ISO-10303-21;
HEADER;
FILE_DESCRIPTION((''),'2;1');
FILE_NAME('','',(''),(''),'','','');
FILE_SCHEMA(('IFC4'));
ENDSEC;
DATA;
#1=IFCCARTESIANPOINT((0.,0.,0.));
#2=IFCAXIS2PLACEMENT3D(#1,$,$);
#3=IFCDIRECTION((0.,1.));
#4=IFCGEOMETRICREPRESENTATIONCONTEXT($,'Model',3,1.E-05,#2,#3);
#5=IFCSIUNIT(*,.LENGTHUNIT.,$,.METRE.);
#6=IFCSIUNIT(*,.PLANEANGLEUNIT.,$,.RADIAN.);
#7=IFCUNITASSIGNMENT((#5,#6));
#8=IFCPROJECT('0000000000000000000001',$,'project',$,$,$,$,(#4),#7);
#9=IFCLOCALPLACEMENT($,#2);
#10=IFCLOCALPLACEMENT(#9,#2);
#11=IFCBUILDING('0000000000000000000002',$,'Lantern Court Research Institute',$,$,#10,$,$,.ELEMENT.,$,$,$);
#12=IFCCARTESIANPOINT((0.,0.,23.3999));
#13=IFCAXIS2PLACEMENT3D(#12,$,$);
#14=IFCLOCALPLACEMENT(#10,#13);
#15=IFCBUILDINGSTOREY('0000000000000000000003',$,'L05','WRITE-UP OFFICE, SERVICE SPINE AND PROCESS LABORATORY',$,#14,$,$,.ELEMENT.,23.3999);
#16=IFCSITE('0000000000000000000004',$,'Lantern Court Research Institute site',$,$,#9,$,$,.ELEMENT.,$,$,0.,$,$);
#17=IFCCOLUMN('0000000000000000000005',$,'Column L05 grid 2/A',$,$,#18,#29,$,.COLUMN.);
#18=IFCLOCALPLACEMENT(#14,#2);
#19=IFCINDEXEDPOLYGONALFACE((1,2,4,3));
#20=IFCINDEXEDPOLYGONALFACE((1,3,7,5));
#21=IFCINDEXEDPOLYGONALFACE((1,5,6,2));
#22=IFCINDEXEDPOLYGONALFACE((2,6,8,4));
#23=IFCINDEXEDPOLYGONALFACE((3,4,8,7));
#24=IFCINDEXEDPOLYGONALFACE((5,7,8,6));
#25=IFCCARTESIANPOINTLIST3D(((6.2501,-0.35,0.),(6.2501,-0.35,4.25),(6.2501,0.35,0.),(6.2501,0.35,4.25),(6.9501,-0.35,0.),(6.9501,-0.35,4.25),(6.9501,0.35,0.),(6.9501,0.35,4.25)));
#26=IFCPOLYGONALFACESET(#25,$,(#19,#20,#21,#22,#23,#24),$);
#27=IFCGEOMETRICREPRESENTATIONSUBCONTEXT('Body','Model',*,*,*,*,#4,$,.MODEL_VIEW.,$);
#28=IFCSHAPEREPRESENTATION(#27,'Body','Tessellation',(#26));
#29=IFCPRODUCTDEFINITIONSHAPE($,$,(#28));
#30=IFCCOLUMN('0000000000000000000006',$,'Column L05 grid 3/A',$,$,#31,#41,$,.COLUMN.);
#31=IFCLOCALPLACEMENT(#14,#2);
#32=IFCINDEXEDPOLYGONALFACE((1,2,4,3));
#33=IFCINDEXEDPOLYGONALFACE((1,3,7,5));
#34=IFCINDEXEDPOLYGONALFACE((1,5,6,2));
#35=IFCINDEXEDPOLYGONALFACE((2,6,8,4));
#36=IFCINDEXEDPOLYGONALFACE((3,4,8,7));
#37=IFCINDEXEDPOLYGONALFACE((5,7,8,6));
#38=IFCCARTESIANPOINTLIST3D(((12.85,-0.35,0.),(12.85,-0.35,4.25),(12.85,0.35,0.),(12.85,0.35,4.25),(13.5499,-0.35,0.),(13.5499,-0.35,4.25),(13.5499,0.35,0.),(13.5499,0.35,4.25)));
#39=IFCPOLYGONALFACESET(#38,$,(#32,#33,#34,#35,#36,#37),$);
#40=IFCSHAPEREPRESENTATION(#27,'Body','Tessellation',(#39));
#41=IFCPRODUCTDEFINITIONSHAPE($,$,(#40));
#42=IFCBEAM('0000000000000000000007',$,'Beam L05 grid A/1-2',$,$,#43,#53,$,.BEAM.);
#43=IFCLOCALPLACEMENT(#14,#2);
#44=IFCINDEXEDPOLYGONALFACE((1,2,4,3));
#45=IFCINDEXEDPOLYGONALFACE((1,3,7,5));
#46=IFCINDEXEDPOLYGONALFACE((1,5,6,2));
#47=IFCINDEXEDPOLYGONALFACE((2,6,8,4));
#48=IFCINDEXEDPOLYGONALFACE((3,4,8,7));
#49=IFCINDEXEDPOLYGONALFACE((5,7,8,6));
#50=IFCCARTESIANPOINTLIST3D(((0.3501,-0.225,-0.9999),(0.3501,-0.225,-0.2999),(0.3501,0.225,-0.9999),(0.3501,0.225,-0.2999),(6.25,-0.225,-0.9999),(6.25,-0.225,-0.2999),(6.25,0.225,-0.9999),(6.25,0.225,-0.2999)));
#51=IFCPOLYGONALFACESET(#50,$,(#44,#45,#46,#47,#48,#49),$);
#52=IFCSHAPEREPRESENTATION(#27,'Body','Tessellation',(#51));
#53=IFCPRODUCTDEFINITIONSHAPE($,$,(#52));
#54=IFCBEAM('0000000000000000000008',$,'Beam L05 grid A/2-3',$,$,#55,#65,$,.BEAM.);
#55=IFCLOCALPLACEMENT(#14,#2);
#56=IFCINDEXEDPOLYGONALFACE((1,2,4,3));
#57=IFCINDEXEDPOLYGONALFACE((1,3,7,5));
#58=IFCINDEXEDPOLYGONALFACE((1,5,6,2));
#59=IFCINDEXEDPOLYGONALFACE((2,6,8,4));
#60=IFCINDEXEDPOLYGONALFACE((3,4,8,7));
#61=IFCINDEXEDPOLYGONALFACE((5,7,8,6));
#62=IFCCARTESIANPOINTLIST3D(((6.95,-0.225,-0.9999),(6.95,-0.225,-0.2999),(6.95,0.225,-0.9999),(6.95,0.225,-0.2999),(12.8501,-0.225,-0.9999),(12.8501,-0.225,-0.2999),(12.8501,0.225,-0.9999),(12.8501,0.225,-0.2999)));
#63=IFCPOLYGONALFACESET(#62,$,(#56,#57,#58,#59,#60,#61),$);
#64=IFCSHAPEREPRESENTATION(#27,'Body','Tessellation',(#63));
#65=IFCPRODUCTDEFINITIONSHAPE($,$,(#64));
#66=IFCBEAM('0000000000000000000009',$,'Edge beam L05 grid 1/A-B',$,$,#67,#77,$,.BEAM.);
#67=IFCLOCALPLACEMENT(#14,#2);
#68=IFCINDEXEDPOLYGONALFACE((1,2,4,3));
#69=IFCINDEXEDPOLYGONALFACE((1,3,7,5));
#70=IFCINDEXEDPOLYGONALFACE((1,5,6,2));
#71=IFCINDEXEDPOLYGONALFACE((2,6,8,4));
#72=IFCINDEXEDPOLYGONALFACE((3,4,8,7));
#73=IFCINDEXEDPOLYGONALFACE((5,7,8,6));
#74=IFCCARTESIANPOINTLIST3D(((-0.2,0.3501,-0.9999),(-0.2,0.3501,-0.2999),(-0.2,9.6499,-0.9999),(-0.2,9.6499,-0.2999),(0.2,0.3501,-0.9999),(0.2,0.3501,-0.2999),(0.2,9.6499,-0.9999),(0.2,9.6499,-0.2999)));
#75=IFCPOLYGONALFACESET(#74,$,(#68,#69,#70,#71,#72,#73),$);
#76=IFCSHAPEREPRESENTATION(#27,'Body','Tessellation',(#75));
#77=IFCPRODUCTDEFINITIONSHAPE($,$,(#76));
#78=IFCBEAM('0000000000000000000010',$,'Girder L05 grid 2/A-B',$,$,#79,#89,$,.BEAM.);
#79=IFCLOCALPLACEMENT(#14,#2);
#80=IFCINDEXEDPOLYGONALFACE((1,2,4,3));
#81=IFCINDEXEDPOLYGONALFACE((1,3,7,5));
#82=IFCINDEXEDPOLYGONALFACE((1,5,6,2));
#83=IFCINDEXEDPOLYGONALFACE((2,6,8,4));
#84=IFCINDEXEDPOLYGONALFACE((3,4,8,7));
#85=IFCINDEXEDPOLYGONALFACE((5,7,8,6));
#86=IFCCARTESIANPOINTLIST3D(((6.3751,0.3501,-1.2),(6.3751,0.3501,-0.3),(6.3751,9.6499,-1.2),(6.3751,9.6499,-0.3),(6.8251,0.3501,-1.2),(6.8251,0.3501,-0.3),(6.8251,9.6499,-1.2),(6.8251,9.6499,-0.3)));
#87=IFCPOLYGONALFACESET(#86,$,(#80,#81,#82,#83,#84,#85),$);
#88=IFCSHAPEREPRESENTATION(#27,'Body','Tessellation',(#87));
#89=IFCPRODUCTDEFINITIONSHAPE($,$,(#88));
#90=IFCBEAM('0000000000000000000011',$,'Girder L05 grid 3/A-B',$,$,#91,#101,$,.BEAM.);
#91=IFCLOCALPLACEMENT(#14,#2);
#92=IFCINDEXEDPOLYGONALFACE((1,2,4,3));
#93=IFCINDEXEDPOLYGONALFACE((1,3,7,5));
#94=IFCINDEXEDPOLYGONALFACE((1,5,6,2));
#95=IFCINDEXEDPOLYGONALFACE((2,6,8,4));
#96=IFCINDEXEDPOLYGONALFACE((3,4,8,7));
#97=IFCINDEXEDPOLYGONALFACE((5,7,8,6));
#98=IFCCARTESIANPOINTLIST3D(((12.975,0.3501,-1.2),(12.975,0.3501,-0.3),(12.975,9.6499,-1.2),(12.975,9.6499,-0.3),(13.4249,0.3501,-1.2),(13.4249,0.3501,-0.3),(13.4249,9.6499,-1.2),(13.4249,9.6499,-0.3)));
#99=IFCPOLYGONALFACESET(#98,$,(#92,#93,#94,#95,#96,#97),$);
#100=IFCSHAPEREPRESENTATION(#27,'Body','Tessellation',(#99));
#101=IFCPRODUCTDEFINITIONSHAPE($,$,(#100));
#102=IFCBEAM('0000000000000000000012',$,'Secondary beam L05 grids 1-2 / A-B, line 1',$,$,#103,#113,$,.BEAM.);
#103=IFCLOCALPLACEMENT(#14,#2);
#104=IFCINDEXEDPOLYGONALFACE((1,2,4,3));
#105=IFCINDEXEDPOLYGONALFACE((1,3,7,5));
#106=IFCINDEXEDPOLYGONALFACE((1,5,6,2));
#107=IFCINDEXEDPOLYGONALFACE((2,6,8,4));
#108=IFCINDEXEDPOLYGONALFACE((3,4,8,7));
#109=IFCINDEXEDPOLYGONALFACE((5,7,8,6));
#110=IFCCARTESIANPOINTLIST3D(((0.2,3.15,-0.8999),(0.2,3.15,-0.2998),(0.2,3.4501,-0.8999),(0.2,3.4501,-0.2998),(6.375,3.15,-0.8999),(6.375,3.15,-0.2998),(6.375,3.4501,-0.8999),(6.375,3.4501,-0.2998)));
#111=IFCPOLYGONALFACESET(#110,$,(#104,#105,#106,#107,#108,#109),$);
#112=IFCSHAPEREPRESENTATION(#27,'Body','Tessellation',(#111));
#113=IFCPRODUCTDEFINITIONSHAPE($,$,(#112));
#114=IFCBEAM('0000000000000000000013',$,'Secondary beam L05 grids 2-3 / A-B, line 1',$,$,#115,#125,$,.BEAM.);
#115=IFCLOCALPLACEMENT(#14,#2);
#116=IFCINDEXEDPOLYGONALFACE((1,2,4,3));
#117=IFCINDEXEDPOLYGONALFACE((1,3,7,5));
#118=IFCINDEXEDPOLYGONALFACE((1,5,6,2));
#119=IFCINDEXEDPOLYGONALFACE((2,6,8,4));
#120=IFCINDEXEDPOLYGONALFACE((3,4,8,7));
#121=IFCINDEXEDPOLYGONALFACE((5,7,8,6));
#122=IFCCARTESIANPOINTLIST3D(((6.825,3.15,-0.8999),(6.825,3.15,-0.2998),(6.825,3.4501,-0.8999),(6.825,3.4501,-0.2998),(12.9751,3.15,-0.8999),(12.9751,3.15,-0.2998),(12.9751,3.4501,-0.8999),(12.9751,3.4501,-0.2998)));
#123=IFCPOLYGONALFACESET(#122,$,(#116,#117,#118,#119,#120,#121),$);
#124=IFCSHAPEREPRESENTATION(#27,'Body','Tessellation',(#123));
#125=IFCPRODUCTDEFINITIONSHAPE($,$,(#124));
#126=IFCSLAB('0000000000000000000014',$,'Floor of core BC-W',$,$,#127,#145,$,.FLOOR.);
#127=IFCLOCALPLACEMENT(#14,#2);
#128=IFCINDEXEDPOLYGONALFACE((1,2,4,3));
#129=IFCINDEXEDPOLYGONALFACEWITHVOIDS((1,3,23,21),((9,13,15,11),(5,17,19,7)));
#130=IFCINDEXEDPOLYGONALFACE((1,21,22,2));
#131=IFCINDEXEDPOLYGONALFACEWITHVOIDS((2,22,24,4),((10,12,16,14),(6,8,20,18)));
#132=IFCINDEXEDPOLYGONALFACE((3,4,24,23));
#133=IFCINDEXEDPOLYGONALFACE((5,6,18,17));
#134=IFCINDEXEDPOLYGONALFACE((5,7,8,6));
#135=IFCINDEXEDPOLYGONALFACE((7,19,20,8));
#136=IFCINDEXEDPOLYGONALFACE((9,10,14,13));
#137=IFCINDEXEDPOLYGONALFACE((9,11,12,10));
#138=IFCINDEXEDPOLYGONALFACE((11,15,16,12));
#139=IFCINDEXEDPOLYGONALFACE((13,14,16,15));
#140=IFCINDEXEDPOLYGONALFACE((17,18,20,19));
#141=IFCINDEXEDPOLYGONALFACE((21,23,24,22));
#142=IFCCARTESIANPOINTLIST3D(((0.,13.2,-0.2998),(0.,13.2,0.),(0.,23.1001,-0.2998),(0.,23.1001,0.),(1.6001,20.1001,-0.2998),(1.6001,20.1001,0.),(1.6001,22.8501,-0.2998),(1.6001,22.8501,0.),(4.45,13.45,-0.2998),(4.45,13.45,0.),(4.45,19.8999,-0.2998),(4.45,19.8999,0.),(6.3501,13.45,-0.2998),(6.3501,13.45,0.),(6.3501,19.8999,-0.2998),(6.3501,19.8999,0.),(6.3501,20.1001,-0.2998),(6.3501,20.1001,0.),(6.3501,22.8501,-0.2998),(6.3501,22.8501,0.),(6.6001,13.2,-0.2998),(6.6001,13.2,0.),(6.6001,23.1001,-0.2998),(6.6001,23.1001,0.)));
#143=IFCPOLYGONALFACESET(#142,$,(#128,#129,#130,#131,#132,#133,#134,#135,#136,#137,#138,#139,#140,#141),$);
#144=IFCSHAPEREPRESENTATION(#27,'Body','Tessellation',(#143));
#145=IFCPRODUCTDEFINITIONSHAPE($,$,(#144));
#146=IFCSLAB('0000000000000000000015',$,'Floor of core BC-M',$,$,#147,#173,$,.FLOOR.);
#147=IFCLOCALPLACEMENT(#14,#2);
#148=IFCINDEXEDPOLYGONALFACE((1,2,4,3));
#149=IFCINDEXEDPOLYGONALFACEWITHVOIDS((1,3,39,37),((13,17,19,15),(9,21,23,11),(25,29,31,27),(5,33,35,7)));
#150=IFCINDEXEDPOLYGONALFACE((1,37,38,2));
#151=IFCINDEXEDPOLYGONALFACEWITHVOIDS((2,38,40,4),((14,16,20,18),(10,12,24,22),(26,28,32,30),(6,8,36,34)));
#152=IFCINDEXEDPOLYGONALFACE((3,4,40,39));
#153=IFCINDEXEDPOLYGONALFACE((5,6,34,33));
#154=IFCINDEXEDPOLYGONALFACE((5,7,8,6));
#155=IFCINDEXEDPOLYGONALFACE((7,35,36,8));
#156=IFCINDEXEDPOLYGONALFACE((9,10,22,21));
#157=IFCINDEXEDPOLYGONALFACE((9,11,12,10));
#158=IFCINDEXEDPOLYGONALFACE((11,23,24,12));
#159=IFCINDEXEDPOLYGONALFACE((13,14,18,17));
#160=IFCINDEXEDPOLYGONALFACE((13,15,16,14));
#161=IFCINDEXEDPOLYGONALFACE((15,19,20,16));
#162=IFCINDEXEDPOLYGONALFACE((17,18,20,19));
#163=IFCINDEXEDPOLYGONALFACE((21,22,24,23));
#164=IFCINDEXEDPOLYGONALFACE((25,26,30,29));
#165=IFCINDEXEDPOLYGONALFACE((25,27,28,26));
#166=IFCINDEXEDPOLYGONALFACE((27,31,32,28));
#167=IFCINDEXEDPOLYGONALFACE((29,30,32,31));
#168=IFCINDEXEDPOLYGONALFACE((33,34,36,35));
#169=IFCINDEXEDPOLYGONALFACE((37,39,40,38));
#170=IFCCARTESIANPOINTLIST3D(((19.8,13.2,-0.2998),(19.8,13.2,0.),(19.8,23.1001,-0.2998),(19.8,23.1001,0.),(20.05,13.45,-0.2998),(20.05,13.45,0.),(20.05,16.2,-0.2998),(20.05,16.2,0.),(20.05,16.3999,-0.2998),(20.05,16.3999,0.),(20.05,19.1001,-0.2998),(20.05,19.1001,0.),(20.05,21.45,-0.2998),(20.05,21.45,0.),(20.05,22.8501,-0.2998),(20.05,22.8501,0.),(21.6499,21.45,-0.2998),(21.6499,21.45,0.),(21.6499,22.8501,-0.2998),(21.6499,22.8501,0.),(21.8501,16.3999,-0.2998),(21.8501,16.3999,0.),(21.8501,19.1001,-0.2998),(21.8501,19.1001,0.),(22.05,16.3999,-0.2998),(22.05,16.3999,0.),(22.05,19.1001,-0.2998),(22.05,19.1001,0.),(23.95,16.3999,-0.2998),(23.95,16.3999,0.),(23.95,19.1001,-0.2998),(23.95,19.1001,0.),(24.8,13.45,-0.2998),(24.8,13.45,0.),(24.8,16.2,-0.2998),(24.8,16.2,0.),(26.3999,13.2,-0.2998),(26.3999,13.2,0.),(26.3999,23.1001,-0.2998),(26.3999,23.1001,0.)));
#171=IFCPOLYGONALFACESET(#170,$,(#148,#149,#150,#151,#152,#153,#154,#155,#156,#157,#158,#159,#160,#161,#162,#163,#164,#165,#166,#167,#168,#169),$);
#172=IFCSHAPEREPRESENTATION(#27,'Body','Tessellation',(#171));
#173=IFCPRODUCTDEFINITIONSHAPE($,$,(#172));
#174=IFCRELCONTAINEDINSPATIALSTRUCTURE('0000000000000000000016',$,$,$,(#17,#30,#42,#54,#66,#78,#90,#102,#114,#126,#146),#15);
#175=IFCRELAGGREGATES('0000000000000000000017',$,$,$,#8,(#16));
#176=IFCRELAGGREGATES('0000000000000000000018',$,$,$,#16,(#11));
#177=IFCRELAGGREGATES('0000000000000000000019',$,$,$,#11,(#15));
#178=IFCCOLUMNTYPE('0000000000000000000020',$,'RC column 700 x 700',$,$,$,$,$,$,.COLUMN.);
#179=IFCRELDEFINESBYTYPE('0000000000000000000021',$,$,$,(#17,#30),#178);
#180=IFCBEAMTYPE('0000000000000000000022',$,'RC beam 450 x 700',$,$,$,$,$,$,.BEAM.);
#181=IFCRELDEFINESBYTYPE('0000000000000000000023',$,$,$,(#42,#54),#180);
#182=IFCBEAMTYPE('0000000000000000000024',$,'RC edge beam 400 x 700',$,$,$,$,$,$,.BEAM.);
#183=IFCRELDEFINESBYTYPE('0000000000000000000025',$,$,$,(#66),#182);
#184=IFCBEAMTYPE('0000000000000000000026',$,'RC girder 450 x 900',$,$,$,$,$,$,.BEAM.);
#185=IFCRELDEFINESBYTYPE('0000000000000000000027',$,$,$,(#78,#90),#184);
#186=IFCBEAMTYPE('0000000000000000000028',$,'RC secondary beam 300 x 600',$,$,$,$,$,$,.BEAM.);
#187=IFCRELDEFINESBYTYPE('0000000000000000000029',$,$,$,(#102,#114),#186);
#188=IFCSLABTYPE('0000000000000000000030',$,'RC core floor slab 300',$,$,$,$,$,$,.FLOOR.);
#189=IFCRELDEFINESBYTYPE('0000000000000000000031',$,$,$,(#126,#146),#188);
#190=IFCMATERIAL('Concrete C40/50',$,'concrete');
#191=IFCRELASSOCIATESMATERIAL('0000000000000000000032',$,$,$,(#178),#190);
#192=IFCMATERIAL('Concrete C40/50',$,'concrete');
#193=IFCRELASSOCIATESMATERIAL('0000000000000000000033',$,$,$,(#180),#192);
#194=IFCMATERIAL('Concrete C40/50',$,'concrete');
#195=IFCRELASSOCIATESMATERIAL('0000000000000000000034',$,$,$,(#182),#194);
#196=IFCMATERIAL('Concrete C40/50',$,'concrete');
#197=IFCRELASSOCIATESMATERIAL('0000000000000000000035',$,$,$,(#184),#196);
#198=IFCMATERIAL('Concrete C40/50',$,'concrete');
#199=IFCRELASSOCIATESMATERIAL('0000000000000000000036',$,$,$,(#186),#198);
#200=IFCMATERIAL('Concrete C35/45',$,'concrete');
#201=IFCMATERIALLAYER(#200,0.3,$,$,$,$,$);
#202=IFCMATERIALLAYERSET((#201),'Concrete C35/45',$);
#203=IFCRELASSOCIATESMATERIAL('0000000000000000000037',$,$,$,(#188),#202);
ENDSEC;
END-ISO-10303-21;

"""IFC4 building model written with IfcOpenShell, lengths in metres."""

from ifc_helpers import new_model, si_unit, direction, frame, origin, origin_2d, place, context, subcontext, project, spatial, polyline, rectangle, outline, extrude, material, layer, layer_set, material_profile, profile_set, type_object, element, save


model = new_model("IFC4")

# Units and contexts
model_context = context("Model", 3, precision=1e-05, world=origin(), true_north=direction((0.0, 1.0)))
body_context = subcontext(model_context, "Body", "Model", "MODEL_VIEW")
ifc_project = project(units=[si_unit("LENGTHUNIT", "METRE"), si_unit("PLANEANGLEUNIT", "RADIAN")], contexts=[model_context])

# Site, building, storey
site_placement = place(None, origin())
site = spatial("IfcSite", under=ifc_project, at=site_placement, Name="Lantern Court Research Institute site", CompositionType="ELEMENT", RefElevation=0.0)
building_placement = place(site_placement, origin())
building = spatial("IfcBuilding", under=site, at=building_placement, Name="Lantern Court Research Institute", CompositionType="ELEMENT")
storey_placement = place(building_placement, frame((0.0, 0.0, 23.3999)))
storey = spatial("IfcBuildingStorey", under=building, at=storey_placement, Name="L05", Description="WRITE-UP OFFICE, SERVICE SPINE AND PROCESS LABORATORY", CompositionType="ELEMENT", Elevation=23.3999)

# Columns
ifc_material_1 = material(Name="Concrete C40/50", Category="concrete")
ifc_material_profile_1 = material_profile(ifc_material_1, rectangle(XDim=0.7, YDim=0.7, at=origin_2d()), Name="RC column 700 x 700")
ifc_profile_set_1 = profile_set([ifc_material_profile_1], Name="Concrete C40/50")
column_type = type_object("IfcColumnType", Name="RC column 700 x 700", PredefinedType="COLUMN", material=ifc_profile_set_1)
for number, where, z_axis, x_axis, name in (
    (1, (6.6001, 0.0, 0.0), (0.0, 0.0, 1.0), (1.0, 0.0, 0.0), "Column L05 grid 2/A"),
    (2, (13.2, 0.0, 0.0), (0.0, 0.0, 1.0), (1.0, 0.0, 0.0), "Column L05 grid 3/A"),
):
    element("IfcColumn", number, at=place(storey_placement, frame(where, z_axis=z_axis, x_axis=x_axis)), inside=storey, type_object=column_type, Name=name, PredefinedType="COLUMN", context=body_context, shape_type="SweptSolid", body=[
        extrude(rectangle(XDim=0.7, YDim=0.7, at=origin_2d()), origin(), (0.0, 0.0, 1.0), 4.25),
    ])

# Beams
ifc_material_2 = material(Name="Concrete C40/50", Category="concrete")
ifc_material_profile_2 = material_profile(ifc_material_2, rectangle(XDim=0.45, YDim=0.7, at=origin_2d()), Name="RC beam 450 x 700")
ifc_profile_set_2 = profile_set([ifc_material_profile_2], Name="Concrete C40/50")
beam_type_1 = type_object("IfcBeamType", Name="RC beam 450 x 700", PredefinedType="BEAM", material=ifc_profile_set_2)
beam_1_placement = place(storey_placement, frame((0.3501, 0.0, -0.6499), z_axis=(1.0, 0.0, 0.0), x_axis=(0.0, 1.0, 0.0)))
element("IfcBeam", 3, at=beam_1_placement, inside=storey, type_object=beam_type_1, Name="Beam L05 grid A/1-2", PredefinedType="BEAM", context=body_context, shape_type="SweptSolid", body=[
    extrude(rectangle(XDim=0.45, YDim=0.7, at=origin_2d()), origin(), (0.0, 0.0, 1.0), 5.8999),
])
beam_2_placement = place(storey_placement, frame((6.95, 0.0, -0.6499), z_axis=(1.0, 0.0, 0.0), x_axis=(0.0, 1.0, 0.0)))
element("IfcBeam", 4, at=beam_2_placement, inside=storey, type_object=beam_type_1, Name="Beam L05 grid A/2-3", PredefinedType="BEAM", context=body_context, shape_type="SweptSolid", body=[
    extrude(rectangle(XDim=0.45, YDim=0.7, at=origin_2d()), origin(), (0.0, 0.0, 1.0), 5.9001),
])
ifc_material_3 = material(Name="Concrete C40/50", Category="concrete")
ifc_material_profile_3 = material_profile(ifc_material_3, rectangle(XDim=0.3999, YDim=0.7, at=origin_2d()), Name="RC beam 400 x 700")
ifc_profile_set_3 = profile_set([ifc_material_profile_3], Name="Concrete C40/50")
beam_type_2 = type_object("IfcBeamType", Name="RC edge beam 400 x 700", PredefinedType="BEAM", material=ifc_profile_set_3)
beam_3_placement = place(storey_placement, frame((0.0, 0.3501, -0.6499), z_axis=(0.0, 1.0, 0.0), x_axis=(-1.0, 0.0, 0.0)))
element("IfcBeam", 5, at=beam_3_placement, inside=storey, type_object=beam_type_2, Name="Edge beam L05 grid 1/A-B", PredefinedType="BEAM", context=body_context, shape_type="SweptSolid", body=[
    extrude(rectangle(XDim=0.3999, YDim=0.7, at=origin_2d()), origin(), (0.0, 0.0, 1.0), 9.2998),
])
ifc_material_4 = material(Name="Concrete C40/50", Category="concrete")
ifc_material_profile_4 = material_profile(ifc_material_4, rectangle(XDim=0.45, YDim=0.8999, at=origin_2d()), Name="RC beam 450 x 900")
ifc_profile_set_4 = profile_set([ifc_material_profile_4], Name="Concrete C40/50")
beam_type_3 = type_object("IfcBeamType", Name="RC girder 450 x 900", PredefinedType="BEAM", material=ifc_profile_set_4)
for number, where, z_axis, x_axis, name in (
    (6, (6.6001, 0.3501, -0.75), (0.0, 1.0, 0.0), (-1.0, 0.0, 0.0), "Girder L05 grid 2/A-B"),
    (7, (13.2, 0.3501, -0.75), (0.0, 1.0, 0.0), (-1.0, 0.0, 0.0), "Girder L05 grid 3/A-B"),
):
    element("IfcBeam", number, at=place(storey_placement, frame(where, z_axis=z_axis, x_axis=x_axis)), inside=storey, type_object=beam_type_3, Name=name, PredefinedType="BEAM", context=body_context, shape_type="SweptSolid", body=[
        extrude(rectangle(XDim=0.45, YDim=0.8999, at=origin_2d()), origin(), (0.0, 0.0, 1.0), 9.2998),
    ])
ifc_material_5 = material(Name="Concrete C40/50", Category="concrete")
ifc_material_profile_5 = material_profile(ifc_material_5, rectangle(XDim=0.3, YDim=0.6001, at=origin_2d()), Name="RC beam 300 x 600")
ifc_profile_set_5 = profile_set([ifc_material_profile_5], Name="Concrete C40/50")
beam_type_4 = type_object("IfcBeamType", Name="RC secondary beam 300 x 600", PredefinedType="BEAM", material=ifc_profile_set_5)
beam_4_placement = place(storey_placement, frame((0.2, 3.3, -0.5999), z_axis=(1.0, 0.0, 0.0), x_axis=(0.0, 1.0, 0.0)))
element("IfcBeam", 8, at=beam_4_placement, inside=storey, type_object=beam_type_4, Name="Secondary beam L05 grids 1-2 / A-B, line 1", PredefinedType="BEAM", context=body_context, shape_type="SweptSolid", body=[
    extrude(rectangle(XDim=0.3, YDim=0.6001, at=origin_2d()), origin(), (0.0, 0.0, 1.0), 6.175),
])
beam_5_placement = place(storey_placement, frame((6.825, 3.3, -0.5999), z_axis=(1.0, 0.0, 0.0), x_axis=(0.0, 1.0, 0.0)))
element("IfcBeam", 9, at=beam_5_placement, inside=storey, type_object=beam_type_4, Name="Secondary beam L05 grids 2-3 / A-B, line 1", PredefinedType="BEAM", context=body_context, shape_type="SweptSolid", body=[
    extrude(rectangle(XDim=0.3, YDim=0.6001, at=origin_2d()), origin(), (0.0, 0.0, 1.0), 6.1501),
])

# Slabs
ifc_material_6 = material(Name="Concrete C35/45", Category="concrete")
ifc_layer_1 = layer(ifc_material_6, 0.3)
ifc_layer_set_1 = layer_set([ifc_layer_1], Name="Concrete C35/45")
slab_type_1 = type_object("IfcSlabType", Name="RC core floor slab 300", PredefinedType="FLOOR", material=ifc_layer_set_1)
slab_1_placement = place(storey_placement, frame((0.0, 0.0, -0.2998)))
element("IfcSlab", 10, at=slab_1_placement, inside=storey, type_object=slab_type_1, Name="Floor of core BC-W", PredefinedType="FLOOR", context=body_context, shape_type="SweptSolid", body=[
    extrude(outline(polyline([(0.0, 13.2), (6.6001, 13.2), (6.6001, 23.1001), (0.0, 23.1001), (0.0, 13.2)]), holes=[polyline([(1.6001, 20.1001), (6.3501, 20.1001), (6.3501, 22.8501), (1.6001, 22.8501), (1.6001, 20.1001)]), polyline([(4.45, 13.45), (4.45, 19.8999), (6.3501, 19.8999), (6.3501, 13.45), (4.45, 13.45)])]), origin(), (0.0, 0.0, 1.0), 0.2998),
])
slab_2_placement = place(storey_placement, frame((0.0, 0.0, -0.2998)))
element("IfcSlab", 11, at=slab_2_placement, inside=storey, type_object=slab_type_1, Name="Floor of core BC-M", PredefinedType="FLOOR", context=body_context, shape_type="SweptSolid", body=[
    extrude(outline(polyline([(19.8, 13.2), (26.3999, 13.2), (26.3999, 23.1001), (19.8, 23.1001), (19.8, 13.2)]), holes=[polyline([(24.8, 16.2), (20.05, 16.2), (20.05, 13.45), (24.8, 13.45), (24.8, 16.2)]), polyline([(20.05, 16.3999), (21.8501, 16.3999), (21.8501, 19.1001), (20.05, 19.1001), (20.05, 16.3999)]), polyline([(22.05, 16.3999), (23.95, 16.3999), (23.95, 19.1001), (22.05, 19.1001), (22.05, 16.3999)]), polyline([(21.6499, 21.45), (20.05, 21.45), (20.05, 22.8501), (21.6499, 22.8501), (21.6499, 21.45)])]), origin(), (0.0, 0.0, 1.0), 0.2998),
])

save(model, "model.ifc")
